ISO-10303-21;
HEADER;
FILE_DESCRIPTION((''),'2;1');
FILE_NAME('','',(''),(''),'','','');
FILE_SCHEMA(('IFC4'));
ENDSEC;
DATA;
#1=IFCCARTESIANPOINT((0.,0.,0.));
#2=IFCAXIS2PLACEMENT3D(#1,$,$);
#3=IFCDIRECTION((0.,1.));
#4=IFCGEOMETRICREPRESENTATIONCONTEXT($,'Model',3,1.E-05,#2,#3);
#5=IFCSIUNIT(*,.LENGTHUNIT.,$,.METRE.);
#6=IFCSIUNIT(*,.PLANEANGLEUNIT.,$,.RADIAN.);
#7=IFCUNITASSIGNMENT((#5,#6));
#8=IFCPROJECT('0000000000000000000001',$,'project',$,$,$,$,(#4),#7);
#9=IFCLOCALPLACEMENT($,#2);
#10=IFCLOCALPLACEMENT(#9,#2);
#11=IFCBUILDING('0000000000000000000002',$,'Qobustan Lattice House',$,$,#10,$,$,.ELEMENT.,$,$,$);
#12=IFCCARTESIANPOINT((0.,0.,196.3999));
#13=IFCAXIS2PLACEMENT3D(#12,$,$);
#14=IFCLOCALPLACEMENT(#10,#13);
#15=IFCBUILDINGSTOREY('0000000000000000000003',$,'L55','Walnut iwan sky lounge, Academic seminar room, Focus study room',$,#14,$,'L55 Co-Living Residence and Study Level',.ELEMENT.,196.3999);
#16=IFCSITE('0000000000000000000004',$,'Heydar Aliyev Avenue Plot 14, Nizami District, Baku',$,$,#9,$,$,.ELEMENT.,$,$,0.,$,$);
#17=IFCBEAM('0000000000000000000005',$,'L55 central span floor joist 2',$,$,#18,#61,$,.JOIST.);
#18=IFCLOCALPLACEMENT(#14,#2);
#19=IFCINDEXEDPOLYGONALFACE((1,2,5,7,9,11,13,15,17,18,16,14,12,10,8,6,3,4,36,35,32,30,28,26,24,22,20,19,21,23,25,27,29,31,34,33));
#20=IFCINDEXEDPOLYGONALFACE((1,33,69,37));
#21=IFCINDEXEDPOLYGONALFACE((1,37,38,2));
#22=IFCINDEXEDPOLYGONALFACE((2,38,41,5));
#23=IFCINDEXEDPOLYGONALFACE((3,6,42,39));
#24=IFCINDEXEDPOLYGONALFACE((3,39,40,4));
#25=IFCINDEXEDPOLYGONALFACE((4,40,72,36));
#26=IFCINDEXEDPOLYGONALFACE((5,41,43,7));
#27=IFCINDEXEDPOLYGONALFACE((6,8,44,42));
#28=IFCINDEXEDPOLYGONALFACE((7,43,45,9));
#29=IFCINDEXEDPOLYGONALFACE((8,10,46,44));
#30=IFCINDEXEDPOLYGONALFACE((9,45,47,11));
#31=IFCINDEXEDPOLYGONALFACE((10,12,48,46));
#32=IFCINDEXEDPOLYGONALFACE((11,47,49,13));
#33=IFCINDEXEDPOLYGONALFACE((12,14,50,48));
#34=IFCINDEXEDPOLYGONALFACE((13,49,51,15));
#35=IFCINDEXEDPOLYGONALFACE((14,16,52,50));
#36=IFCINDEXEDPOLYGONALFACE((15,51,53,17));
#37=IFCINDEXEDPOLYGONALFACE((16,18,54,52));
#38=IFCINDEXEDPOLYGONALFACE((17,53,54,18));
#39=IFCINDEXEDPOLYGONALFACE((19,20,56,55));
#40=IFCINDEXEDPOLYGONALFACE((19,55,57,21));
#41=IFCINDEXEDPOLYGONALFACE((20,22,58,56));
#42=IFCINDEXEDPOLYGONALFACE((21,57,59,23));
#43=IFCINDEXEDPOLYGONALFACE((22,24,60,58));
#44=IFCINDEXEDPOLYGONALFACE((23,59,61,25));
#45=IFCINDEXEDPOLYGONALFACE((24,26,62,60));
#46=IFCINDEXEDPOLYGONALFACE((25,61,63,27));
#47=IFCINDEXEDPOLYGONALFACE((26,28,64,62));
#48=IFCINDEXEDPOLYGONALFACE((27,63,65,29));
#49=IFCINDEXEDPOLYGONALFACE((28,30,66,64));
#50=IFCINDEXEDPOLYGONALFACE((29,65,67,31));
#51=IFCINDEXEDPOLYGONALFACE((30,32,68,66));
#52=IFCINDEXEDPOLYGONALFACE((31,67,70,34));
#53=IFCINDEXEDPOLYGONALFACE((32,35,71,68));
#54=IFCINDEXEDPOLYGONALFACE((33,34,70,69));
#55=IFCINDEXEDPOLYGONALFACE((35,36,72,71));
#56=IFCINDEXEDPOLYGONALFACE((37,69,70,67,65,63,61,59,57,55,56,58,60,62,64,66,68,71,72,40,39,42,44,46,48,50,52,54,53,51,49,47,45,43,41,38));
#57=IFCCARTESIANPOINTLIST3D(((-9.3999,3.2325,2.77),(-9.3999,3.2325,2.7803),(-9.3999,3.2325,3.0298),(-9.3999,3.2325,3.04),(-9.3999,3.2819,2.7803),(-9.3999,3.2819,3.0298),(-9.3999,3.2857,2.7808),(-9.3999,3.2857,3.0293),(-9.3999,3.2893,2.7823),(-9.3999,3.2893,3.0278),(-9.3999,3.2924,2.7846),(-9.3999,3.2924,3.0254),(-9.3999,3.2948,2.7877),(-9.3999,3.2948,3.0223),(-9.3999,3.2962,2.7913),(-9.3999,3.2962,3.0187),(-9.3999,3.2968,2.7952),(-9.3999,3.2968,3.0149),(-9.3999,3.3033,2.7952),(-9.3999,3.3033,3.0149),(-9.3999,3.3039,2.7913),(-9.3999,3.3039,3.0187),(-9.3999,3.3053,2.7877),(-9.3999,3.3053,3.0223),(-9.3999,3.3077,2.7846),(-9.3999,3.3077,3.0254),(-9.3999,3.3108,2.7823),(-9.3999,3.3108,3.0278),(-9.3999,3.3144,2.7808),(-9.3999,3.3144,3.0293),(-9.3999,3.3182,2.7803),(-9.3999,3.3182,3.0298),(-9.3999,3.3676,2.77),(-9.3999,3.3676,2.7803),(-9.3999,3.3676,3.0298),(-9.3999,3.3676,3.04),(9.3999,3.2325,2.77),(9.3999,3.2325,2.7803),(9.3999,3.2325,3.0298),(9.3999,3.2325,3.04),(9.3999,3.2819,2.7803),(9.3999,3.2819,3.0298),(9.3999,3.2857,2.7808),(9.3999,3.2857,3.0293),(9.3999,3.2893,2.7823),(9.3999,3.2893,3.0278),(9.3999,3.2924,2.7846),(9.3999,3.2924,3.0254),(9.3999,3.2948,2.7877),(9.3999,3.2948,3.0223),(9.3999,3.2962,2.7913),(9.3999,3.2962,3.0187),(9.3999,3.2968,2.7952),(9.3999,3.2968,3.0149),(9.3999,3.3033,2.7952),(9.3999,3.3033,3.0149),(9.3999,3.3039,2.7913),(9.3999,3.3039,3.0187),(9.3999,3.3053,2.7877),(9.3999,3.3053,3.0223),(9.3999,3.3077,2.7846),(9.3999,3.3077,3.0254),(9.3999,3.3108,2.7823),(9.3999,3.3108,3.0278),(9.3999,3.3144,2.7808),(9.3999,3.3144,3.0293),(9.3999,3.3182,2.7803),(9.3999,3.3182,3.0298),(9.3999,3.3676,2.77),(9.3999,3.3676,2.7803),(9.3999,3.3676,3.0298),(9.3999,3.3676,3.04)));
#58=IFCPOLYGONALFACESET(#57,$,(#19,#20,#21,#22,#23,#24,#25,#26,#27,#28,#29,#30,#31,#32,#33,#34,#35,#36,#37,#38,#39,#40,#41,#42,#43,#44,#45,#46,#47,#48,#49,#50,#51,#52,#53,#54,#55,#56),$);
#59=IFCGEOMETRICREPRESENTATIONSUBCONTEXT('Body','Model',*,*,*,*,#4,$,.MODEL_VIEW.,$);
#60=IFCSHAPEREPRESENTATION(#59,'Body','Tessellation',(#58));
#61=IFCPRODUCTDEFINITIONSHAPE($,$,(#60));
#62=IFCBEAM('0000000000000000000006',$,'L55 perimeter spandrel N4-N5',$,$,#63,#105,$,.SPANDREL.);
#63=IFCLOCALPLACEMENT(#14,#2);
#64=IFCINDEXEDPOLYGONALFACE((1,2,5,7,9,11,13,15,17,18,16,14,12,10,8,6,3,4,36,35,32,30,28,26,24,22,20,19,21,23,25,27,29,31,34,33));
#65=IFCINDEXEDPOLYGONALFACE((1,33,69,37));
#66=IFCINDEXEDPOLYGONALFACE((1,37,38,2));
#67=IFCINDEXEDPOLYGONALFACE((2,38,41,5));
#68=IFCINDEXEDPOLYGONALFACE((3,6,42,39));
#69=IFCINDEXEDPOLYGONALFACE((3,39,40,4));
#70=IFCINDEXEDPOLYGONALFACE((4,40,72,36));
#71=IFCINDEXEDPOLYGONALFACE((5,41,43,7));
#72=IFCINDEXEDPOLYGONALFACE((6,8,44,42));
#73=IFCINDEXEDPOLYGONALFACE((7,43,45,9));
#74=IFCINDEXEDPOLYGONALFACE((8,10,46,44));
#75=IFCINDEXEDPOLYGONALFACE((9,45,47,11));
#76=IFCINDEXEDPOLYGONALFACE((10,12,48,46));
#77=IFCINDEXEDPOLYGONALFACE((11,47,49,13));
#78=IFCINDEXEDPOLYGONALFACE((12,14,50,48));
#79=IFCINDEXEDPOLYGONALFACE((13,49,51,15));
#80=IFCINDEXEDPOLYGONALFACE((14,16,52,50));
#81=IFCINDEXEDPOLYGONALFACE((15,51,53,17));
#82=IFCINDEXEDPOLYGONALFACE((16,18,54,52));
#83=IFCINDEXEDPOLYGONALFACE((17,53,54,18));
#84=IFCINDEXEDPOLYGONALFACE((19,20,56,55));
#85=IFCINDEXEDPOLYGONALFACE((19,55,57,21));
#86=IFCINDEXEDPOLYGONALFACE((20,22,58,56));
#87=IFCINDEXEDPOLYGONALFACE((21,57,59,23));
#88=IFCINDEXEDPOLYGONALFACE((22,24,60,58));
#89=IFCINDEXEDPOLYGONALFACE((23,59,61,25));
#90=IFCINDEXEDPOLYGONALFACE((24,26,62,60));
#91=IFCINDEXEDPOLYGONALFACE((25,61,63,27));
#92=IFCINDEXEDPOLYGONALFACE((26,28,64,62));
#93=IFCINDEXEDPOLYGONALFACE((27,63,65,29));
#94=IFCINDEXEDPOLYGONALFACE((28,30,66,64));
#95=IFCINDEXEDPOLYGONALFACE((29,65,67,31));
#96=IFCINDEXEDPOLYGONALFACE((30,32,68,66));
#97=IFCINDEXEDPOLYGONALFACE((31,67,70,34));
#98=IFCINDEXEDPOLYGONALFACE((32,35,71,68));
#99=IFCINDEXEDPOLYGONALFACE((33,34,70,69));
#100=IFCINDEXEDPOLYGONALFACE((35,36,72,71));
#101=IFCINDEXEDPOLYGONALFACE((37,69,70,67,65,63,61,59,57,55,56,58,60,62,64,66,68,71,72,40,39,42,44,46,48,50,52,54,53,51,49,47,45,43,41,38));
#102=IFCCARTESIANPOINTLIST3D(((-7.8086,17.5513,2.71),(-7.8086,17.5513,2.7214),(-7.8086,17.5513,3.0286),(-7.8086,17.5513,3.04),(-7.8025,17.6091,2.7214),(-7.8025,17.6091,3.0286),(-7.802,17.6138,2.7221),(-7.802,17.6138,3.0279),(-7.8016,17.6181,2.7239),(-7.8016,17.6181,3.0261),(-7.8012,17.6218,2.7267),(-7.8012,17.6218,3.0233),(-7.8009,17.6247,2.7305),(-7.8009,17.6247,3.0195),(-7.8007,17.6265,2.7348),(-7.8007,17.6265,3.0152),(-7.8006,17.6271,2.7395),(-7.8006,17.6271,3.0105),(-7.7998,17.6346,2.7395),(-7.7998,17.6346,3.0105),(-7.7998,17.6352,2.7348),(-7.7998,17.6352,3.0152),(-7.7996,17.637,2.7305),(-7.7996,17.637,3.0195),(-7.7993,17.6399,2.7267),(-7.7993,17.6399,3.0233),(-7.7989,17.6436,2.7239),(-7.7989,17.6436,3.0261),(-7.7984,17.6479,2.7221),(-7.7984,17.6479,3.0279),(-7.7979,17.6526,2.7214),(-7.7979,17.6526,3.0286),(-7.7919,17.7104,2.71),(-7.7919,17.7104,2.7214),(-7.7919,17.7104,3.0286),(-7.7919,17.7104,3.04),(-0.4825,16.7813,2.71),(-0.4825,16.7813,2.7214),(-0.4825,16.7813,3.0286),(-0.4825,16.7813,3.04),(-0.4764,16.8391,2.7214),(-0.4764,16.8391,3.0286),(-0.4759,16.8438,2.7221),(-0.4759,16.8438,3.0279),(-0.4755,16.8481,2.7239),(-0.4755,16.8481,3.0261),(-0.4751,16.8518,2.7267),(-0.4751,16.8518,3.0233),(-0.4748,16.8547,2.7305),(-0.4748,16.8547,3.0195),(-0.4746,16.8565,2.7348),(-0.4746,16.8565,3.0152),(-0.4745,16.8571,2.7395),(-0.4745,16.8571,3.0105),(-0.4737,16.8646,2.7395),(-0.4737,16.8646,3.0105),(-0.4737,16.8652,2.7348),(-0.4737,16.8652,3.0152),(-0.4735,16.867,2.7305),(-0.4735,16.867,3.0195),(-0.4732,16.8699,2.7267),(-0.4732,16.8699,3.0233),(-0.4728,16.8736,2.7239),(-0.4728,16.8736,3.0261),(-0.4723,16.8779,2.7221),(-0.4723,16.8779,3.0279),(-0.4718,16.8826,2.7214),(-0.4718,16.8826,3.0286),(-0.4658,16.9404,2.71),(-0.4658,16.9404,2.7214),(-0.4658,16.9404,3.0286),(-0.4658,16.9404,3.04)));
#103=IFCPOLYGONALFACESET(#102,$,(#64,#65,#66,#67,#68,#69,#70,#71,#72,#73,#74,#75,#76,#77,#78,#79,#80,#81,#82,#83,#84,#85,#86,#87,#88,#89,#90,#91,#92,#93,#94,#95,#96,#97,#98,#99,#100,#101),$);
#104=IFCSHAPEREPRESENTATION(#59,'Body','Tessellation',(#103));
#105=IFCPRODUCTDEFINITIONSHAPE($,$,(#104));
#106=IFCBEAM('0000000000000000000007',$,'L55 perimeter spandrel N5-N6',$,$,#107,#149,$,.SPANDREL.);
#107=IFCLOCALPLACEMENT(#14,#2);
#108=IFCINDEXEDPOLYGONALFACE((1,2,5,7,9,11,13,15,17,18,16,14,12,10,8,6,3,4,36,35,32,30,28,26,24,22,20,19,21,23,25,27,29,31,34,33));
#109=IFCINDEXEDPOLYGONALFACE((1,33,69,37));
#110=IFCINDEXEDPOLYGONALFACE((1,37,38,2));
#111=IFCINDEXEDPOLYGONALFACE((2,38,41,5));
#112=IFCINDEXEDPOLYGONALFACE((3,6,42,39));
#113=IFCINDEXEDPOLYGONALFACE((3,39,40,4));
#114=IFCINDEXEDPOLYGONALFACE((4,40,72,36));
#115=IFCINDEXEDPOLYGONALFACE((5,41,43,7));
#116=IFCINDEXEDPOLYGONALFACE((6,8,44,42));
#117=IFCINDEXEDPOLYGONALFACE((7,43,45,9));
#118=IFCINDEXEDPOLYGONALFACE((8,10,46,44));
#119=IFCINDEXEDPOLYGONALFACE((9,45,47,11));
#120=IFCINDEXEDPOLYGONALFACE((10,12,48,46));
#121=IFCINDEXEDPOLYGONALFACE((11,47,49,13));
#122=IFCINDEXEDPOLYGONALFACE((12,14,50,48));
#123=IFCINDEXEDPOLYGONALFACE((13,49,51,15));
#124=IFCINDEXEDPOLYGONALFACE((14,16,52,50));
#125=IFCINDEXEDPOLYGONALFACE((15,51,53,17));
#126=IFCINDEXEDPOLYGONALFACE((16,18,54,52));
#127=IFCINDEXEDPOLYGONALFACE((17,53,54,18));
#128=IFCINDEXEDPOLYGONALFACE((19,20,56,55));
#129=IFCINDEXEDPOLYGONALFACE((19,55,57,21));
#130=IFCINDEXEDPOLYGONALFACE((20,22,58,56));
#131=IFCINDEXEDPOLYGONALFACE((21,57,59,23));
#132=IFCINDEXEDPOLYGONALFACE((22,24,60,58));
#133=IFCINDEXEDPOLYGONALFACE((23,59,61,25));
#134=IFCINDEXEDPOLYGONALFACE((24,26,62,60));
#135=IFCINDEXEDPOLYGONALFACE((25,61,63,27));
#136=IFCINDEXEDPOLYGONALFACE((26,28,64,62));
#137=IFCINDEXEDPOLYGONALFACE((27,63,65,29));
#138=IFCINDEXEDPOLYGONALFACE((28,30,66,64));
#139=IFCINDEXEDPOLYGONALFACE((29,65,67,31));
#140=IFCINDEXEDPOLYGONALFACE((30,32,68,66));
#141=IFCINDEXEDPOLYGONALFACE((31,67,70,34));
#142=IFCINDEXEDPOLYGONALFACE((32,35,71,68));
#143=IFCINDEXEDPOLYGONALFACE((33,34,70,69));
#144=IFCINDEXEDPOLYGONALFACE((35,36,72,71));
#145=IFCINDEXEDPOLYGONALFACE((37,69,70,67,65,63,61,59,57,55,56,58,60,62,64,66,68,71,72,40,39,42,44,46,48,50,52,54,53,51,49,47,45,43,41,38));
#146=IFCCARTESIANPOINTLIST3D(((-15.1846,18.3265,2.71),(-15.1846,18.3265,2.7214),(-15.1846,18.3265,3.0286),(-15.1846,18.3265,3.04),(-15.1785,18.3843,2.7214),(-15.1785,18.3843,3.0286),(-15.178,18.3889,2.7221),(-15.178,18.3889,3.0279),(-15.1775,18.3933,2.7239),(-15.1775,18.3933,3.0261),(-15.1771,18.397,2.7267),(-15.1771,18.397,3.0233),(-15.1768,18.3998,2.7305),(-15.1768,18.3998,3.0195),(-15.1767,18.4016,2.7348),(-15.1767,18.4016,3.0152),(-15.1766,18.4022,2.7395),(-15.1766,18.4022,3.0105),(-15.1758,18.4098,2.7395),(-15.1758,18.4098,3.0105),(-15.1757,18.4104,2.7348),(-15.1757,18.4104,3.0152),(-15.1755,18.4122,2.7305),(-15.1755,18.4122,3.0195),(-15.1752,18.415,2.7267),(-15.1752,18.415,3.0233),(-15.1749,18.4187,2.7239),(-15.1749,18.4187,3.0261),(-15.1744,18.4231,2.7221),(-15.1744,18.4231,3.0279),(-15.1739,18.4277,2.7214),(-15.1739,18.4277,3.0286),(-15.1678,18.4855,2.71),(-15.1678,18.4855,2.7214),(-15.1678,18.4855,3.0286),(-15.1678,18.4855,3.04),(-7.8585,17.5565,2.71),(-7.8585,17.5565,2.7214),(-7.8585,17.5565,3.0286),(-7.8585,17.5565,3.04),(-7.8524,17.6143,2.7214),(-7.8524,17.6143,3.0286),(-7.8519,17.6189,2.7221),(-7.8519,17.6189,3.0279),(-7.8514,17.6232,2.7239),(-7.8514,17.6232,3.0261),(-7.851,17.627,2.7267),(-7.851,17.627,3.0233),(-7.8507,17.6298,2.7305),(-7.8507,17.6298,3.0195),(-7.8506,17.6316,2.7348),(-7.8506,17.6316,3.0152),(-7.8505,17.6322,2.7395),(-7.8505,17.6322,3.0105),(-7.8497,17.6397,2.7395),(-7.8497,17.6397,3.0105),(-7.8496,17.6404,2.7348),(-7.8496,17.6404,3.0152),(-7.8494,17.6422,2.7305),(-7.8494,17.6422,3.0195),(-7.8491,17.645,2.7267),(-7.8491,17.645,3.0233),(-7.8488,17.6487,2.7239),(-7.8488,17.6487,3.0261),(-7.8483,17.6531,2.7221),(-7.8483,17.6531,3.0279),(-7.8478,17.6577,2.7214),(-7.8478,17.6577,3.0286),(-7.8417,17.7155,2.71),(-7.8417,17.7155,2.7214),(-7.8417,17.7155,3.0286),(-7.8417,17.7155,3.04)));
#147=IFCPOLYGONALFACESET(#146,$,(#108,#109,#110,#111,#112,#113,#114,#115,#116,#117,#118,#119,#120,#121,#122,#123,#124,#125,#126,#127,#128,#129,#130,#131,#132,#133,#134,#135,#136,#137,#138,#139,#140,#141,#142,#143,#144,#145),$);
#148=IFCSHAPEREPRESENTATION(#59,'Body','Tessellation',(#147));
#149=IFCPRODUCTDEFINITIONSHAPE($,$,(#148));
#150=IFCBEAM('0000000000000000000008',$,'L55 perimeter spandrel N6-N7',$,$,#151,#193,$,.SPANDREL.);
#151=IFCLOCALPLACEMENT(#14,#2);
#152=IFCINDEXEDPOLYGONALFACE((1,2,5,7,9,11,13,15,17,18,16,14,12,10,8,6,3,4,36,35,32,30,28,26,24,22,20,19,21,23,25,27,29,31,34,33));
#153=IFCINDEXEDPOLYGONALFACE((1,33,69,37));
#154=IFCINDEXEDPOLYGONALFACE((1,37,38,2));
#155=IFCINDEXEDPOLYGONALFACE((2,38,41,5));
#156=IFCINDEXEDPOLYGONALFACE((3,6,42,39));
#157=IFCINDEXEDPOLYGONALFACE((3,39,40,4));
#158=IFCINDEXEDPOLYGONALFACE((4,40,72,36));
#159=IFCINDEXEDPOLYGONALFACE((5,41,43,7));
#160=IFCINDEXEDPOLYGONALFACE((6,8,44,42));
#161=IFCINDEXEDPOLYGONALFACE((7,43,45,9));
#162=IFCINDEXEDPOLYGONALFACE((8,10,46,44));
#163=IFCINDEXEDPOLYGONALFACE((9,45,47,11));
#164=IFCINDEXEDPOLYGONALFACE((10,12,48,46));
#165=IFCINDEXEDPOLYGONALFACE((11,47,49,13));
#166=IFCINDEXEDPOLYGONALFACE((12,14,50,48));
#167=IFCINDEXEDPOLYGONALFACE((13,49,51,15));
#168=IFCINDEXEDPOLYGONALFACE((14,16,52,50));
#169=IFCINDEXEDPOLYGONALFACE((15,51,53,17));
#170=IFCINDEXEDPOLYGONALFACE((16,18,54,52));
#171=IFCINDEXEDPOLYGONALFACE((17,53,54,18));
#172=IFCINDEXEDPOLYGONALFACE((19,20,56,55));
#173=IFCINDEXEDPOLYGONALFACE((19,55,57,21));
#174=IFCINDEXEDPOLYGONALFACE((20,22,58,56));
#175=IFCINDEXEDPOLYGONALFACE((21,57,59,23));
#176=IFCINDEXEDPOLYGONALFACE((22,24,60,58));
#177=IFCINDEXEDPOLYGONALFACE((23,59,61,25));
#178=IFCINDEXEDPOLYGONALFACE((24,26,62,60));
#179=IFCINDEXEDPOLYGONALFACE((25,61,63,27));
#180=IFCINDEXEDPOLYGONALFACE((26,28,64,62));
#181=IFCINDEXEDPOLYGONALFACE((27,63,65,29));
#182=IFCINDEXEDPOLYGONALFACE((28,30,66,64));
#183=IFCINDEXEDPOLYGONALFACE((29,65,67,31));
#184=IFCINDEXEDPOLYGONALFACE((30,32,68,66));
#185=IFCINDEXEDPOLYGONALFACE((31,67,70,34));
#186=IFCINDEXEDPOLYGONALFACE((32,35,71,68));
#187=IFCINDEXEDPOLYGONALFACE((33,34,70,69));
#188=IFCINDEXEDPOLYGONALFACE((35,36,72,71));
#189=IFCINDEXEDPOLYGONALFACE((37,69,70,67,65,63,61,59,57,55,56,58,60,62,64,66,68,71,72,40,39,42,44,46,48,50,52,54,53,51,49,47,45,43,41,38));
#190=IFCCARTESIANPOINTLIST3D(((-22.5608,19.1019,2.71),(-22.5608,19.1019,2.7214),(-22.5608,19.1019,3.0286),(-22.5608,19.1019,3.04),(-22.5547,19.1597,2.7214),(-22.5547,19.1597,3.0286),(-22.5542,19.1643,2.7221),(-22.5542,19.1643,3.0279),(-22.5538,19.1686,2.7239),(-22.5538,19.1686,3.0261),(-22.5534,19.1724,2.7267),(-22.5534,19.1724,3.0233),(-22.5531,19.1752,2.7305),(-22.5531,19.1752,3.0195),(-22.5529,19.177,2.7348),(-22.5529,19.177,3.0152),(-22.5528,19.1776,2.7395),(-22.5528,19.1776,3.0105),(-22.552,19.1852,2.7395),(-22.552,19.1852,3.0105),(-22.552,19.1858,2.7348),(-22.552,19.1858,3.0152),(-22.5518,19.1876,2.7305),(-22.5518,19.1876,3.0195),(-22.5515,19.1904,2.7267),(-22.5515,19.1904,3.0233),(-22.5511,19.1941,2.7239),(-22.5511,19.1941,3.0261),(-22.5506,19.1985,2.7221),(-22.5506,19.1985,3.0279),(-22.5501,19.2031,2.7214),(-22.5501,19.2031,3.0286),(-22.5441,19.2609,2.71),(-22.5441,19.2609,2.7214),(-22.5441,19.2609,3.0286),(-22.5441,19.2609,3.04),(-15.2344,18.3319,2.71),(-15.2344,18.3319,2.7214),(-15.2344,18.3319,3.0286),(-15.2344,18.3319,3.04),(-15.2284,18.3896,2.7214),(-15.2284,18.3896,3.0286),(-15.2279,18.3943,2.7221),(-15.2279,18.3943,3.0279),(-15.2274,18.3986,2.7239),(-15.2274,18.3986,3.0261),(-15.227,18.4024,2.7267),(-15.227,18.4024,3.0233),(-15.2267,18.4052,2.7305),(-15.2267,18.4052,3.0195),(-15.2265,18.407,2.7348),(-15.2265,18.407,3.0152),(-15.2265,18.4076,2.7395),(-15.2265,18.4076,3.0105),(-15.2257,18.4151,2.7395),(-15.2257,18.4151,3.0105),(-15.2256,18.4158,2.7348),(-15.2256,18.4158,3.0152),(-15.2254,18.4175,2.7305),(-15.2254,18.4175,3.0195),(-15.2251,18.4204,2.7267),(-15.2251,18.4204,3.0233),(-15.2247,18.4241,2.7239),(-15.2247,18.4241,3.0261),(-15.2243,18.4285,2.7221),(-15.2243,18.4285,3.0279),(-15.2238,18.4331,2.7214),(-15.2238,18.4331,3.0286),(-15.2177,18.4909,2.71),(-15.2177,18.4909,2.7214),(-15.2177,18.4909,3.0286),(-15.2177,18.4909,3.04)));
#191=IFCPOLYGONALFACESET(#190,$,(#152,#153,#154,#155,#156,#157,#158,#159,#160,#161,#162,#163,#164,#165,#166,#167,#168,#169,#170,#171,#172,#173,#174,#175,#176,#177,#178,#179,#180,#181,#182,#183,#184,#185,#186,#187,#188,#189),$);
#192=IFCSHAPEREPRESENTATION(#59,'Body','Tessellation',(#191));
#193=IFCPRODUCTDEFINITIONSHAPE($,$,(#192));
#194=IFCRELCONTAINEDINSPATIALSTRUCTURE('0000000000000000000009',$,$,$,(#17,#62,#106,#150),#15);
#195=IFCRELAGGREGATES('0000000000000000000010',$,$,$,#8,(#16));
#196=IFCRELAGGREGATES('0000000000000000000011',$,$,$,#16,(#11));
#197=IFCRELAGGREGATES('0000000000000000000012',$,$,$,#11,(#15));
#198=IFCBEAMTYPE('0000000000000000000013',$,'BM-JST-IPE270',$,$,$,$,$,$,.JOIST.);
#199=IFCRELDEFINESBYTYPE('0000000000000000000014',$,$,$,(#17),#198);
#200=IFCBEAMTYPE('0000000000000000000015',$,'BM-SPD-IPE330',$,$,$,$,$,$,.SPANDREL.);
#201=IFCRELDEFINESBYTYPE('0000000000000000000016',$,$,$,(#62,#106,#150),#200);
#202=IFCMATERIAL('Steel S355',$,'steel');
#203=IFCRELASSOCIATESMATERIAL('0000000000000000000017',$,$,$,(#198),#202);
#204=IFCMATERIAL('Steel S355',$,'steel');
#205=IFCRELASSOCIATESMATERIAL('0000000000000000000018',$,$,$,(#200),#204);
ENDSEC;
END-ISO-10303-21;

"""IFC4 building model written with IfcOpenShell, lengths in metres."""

from ifc_helpers import new_model, si_unit, direction, frame, origin, origin_2d, place, context, subcontext, project, spatial, i_section, extrude, material, material_profile, profile_set, type_object, element, save


model = new_model("IFC4")

# Units and contexts
model_context = context("Model", 3, precision=1e-05, world=origin(), true_north=direction((0.0, 1.0)))
body_context = subcontext(model_context, "Body", "Model", "MODEL_VIEW")
ifc_project = project(units=[si_unit("LENGTHUNIT", "METRE"), si_unit("PLANEANGLEUNIT", "RADIAN")], contexts=[model_context])

# Site, building, storey
site_placement = place(None, origin())
site = spatial("IfcSite", under=ifc_project, at=site_placement, Name="Heydar Aliyev Avenue Plot 14, Nizami District, Baku", CompositionType="ELEMENT", RefElevation=0.0)
building_placement = place(site_placement, origin())
building = spatial("IfcBuilding", under=site, at=building_placement, Name="Qobustan Lattice House", CompositionType="ELEMENT")
storey_placement = place(building_placement, frame((0.0, 0.0, 196.3999)))
storey = spatial("IfcBuildingStorey", under=building, at=storey_placement, Name="L55", Description="Walnut iwan sky lounge, Academic seminar room, Focus study room", LongName="L55 Co-Living Residence and Study Level", CompositionType="ELEMENT", Elevation=196.3999)

# Beams
ifc_material_1 = material(Name="Steel S355", Category="steel")
ifc_material_profile_1 = material_profile(ifc_material_1, i_section(OverallWidth=0.135, OverallDepth=0.27, WebThickness=0.0066, FlangeThickness=0.0103, FilletRadius=0.0149, at=origin_2d()), Name="IPE270")
ifc_profile_set_1 = profile_set([ifc_material_profile_1], Name="Steel S355")
beam_type_1 = type_object("IfcBeamType", Name="BM-JST-IPE270", PredefinedType="JOIST", material=ifc_profile_set_1)
beam_1_placement = place(storey_placement, frame((-9.3999, 3.3, 2.905), z_axis=(1.0, 0.0, 0.0), x_axis=(0.0, 1.0, 0.0)))
element("IfcBeam", 1, at=beam_1_placement, inside=storey, type_object=beam_type_1, Name="L55 central span floor joist 2", PredefinedType="JOIST", context=body_context, shape_type="SweptSolid", body=[
    extrude(i_section(OverallWidth=0.135, OverallDepth=0.27, WebThickness=0.0066, FlangeThickness=0.0103, FilletRadius=0.0149, at=origin_2d()), origin(), (0.0, 0.0, 1.0), 18.7998),
])
ifc_material_2 = material(Name="Steel S355", Category="steel")
ifc_material_profile_2 = material_profile(ifc_material_2, i_section(OverallWidth=0.1599, OverallDepth=0.3301, WebThickness=0.0076, FlangeThickness=0.0115, FilletRadius=0.0181, at=origin_2d()), Name="IPE330")
ifc_profile_set_2 = profile_set([ifc_material_profile_2], Name="Steel S355")
beam_type_2 = type_object("IfcBeamType", Name="BM-SPD-IPE330", PredefinedType="SPANDREL", material=ifc_profile_set_2)
for number, where, z_axis, x_axis, name in (
    (2, (-0.4741, 16.8608, 2.875), (-0.994522, 0.10453, 0.0), (-0.10453, -0.994522, 0.0), "L55 perimeter spandrel N4-N5"),
    (3, (-7.8501, 17.636, 2.875), (-0.994522, 0.10453, 0.0), (-0.10453, -0.994522, 0.0), "L55 perimeter spandrel N5-N6"),
):
    element("IfcBeam", number, at=place(storey_placement, frame(where, z_axis=z_axis, x_axis=x_axis)), inside=storey, type_object=beam_type_2, Name=name, PredefinedType="SPANDREL", context=body_context, shape_type="SweptSolid", body=[
        extrude(i_section(OverallWidth=0.1599, OverallDepth=0.3301, WebThickness=0.0076, FlangeThickness=0.0115, FilletRadius=0.0181, at=origin_2d()), origin(), (0.0, 0.0, 1.0), 7.3665),
    ])
beam_2_placement = place(storey_placement, frame((-15.2261, 18.4114, 2.875), z_axis=(-0.994522, 0.104526, 0.0), x_axis=(-0.104526, -0.994522, 0.0)))
element("IfcBeam", 4, at=beam_2_placement, inside=storey, type_object=beam_type_2, Name="L55 perimeter spandrel N6-N7", PredefinedType="SPANDREL", context=body_context, shape_type="SweptSolid", body=[
    extrude(i_section(OverallWidth=0.1599, OverallDepth=0.3301, WebThickness=0.0076, FlangeThickness=0.0115, FilletRadius=0.0181, at=origin_2d()), origin(), (0.0, 0.0, 1.0), 7.3667),
])

save(model, "model.ifc")
